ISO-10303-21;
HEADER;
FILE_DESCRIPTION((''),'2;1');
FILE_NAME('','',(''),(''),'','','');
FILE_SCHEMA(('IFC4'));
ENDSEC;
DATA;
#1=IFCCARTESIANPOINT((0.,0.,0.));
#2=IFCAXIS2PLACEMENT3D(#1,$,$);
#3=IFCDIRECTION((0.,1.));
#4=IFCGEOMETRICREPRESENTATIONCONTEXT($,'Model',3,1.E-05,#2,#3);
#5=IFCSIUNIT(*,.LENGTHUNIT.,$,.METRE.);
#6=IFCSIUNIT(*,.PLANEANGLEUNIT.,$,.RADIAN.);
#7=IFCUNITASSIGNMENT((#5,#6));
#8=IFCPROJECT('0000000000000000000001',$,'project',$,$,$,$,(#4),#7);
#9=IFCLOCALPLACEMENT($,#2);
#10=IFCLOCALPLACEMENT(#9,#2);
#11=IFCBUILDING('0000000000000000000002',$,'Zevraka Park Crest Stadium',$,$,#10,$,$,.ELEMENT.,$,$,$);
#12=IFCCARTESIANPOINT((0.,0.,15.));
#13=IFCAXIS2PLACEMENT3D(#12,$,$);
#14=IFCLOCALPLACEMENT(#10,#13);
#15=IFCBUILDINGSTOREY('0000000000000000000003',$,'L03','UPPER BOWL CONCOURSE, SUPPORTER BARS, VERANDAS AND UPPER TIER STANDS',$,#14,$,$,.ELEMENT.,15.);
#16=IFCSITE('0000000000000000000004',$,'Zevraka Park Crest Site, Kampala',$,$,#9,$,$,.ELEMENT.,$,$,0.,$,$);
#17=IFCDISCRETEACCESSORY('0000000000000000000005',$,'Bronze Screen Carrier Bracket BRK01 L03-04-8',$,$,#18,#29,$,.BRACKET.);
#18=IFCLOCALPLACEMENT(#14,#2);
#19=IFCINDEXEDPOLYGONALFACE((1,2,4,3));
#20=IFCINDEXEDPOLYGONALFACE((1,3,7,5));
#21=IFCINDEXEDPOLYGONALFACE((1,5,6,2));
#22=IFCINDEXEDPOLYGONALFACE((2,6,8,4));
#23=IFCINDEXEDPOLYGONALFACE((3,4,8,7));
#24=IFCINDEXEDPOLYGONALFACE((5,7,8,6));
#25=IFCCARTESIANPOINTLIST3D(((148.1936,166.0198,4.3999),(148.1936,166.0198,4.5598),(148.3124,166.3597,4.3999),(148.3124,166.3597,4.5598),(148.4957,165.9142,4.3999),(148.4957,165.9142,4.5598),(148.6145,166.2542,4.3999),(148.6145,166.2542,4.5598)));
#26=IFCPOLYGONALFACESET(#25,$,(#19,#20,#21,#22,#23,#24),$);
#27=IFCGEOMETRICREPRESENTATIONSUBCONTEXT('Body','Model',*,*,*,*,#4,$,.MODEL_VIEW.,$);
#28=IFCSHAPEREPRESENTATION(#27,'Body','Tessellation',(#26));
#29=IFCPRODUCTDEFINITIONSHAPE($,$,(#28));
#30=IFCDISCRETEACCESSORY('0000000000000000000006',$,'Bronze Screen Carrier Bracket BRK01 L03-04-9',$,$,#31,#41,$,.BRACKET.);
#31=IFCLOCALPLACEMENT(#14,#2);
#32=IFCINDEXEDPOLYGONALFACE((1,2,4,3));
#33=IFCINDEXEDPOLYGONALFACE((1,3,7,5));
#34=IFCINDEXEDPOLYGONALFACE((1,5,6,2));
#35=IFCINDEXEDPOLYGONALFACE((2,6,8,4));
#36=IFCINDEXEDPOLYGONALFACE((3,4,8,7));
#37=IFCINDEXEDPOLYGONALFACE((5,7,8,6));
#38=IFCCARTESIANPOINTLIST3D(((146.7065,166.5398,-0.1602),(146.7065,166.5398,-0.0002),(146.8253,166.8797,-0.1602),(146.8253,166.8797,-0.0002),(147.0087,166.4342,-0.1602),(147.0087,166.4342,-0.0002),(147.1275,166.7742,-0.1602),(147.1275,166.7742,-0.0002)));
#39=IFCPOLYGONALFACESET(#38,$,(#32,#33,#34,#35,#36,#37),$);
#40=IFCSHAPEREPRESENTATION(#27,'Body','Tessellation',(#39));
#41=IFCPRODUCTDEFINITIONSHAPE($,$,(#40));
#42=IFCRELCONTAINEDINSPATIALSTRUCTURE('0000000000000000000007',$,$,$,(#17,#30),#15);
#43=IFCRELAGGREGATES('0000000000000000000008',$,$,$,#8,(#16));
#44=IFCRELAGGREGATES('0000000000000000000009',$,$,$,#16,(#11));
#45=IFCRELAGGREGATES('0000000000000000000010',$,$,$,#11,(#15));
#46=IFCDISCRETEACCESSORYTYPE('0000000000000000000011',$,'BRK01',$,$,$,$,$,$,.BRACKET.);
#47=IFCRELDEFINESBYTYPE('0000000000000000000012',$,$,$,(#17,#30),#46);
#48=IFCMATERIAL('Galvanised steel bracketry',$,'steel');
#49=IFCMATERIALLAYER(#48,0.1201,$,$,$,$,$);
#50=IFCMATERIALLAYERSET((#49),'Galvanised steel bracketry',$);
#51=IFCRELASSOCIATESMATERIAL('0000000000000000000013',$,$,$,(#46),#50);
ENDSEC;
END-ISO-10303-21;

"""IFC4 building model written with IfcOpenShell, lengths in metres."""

from ifc_helpers import new_model, si_unit, direction, frame, origin, origin_2d, place, context, subcontext, project, spatial, rectangle, extrude, material, layer, layer_set, type_object, element, save


model = new_model("IFC4")

# Units and contexts
model_context = context("Model", 3, precision=1e-05, world=origin(), true_north=direction((0.0, 1.0)))
body_context = subcontext(model_context, "Body", "Model", "MODEL_VIEW")
ifc_project = project(units=[si_unit("LENGTHUNIT", "METRE"), si_unit("PLANEANGLEUNIT", "RADIAN")], contexts=[model_context])

# Site, building, storey
site_placement = place(None, origin())
site = spatial("IfcSite", under=ifc_project, at=site_placement, Name="Zevraka Park Crest Site, Kampala", CompositionType="ELEMENT", RefElevation=0.0)
building_placement = place(site_placement, origin())
building = spatial("IfcBuilding", under=site, at=building_placement, Name="Zevraka Park Crest Stadium", CompositionType="ELEMENT")
storey_placement = place(building_placement, frame((0.0, 0.0, 15.0)))
storey = spatial("IfcBuildingStorey", under=building, at=storey_placement, Name="L03", Description="UPPER BOWL CONCOURSE, SUPPORTER BARS, VERANDAS AND UPPER TIER STANDS", CompositionType="ELEMENT", Elevation=15.0)

# Discrete accessories
ifc_material_1 = material(Name="Galvanised steel bracketry", Category="steel")
ifc_layer_1 = layer(ifc_material_1, 0.1201)
ifc_layer_set_1 = layer_set([ifc_layer_1], Name="Galvanised steel bracketry")
discrete_accessory_type = type_object("IfcDiscreteAccessoryType", Name="BRK01", PredefinedType="BRACKET", material=ifc_layer_set_1)
for number, where, z_axis, x_axis, name in (
    (1, (148.4041, 166.137, 4.3999), (0.0, 0.0, 1.0), (-0.944031, 0.329855, 0.0), "Bronze Screen Carrier Bracket BRK01 L03-04-8"),
    (2, (146.917, 166.657, -0.1602), (0.0, 0.0, 1.0), (-0.944031, 0.329855, 0.0), "Bronze Screen Carrier Bracket BRK01 L03-04-9"),
):
    element("IfcDiscreteAccessory", number, at=place(storey_placement, frame(where, z_axis=z_axis, x_axis=x_axis)), inside=storey, type_object=discrete_accessory_type, Name=name, PredefinedType="BRACKET", context=body_context, shape_type="SweptSolid", body=[
        extrude(rectangle(XDim=0.3201, YDim=0.3601, at=origin_2d()), origin(), (0.0, 0.0, 1.0), 0.1599),
    ])

save(model, "model.ifc")
